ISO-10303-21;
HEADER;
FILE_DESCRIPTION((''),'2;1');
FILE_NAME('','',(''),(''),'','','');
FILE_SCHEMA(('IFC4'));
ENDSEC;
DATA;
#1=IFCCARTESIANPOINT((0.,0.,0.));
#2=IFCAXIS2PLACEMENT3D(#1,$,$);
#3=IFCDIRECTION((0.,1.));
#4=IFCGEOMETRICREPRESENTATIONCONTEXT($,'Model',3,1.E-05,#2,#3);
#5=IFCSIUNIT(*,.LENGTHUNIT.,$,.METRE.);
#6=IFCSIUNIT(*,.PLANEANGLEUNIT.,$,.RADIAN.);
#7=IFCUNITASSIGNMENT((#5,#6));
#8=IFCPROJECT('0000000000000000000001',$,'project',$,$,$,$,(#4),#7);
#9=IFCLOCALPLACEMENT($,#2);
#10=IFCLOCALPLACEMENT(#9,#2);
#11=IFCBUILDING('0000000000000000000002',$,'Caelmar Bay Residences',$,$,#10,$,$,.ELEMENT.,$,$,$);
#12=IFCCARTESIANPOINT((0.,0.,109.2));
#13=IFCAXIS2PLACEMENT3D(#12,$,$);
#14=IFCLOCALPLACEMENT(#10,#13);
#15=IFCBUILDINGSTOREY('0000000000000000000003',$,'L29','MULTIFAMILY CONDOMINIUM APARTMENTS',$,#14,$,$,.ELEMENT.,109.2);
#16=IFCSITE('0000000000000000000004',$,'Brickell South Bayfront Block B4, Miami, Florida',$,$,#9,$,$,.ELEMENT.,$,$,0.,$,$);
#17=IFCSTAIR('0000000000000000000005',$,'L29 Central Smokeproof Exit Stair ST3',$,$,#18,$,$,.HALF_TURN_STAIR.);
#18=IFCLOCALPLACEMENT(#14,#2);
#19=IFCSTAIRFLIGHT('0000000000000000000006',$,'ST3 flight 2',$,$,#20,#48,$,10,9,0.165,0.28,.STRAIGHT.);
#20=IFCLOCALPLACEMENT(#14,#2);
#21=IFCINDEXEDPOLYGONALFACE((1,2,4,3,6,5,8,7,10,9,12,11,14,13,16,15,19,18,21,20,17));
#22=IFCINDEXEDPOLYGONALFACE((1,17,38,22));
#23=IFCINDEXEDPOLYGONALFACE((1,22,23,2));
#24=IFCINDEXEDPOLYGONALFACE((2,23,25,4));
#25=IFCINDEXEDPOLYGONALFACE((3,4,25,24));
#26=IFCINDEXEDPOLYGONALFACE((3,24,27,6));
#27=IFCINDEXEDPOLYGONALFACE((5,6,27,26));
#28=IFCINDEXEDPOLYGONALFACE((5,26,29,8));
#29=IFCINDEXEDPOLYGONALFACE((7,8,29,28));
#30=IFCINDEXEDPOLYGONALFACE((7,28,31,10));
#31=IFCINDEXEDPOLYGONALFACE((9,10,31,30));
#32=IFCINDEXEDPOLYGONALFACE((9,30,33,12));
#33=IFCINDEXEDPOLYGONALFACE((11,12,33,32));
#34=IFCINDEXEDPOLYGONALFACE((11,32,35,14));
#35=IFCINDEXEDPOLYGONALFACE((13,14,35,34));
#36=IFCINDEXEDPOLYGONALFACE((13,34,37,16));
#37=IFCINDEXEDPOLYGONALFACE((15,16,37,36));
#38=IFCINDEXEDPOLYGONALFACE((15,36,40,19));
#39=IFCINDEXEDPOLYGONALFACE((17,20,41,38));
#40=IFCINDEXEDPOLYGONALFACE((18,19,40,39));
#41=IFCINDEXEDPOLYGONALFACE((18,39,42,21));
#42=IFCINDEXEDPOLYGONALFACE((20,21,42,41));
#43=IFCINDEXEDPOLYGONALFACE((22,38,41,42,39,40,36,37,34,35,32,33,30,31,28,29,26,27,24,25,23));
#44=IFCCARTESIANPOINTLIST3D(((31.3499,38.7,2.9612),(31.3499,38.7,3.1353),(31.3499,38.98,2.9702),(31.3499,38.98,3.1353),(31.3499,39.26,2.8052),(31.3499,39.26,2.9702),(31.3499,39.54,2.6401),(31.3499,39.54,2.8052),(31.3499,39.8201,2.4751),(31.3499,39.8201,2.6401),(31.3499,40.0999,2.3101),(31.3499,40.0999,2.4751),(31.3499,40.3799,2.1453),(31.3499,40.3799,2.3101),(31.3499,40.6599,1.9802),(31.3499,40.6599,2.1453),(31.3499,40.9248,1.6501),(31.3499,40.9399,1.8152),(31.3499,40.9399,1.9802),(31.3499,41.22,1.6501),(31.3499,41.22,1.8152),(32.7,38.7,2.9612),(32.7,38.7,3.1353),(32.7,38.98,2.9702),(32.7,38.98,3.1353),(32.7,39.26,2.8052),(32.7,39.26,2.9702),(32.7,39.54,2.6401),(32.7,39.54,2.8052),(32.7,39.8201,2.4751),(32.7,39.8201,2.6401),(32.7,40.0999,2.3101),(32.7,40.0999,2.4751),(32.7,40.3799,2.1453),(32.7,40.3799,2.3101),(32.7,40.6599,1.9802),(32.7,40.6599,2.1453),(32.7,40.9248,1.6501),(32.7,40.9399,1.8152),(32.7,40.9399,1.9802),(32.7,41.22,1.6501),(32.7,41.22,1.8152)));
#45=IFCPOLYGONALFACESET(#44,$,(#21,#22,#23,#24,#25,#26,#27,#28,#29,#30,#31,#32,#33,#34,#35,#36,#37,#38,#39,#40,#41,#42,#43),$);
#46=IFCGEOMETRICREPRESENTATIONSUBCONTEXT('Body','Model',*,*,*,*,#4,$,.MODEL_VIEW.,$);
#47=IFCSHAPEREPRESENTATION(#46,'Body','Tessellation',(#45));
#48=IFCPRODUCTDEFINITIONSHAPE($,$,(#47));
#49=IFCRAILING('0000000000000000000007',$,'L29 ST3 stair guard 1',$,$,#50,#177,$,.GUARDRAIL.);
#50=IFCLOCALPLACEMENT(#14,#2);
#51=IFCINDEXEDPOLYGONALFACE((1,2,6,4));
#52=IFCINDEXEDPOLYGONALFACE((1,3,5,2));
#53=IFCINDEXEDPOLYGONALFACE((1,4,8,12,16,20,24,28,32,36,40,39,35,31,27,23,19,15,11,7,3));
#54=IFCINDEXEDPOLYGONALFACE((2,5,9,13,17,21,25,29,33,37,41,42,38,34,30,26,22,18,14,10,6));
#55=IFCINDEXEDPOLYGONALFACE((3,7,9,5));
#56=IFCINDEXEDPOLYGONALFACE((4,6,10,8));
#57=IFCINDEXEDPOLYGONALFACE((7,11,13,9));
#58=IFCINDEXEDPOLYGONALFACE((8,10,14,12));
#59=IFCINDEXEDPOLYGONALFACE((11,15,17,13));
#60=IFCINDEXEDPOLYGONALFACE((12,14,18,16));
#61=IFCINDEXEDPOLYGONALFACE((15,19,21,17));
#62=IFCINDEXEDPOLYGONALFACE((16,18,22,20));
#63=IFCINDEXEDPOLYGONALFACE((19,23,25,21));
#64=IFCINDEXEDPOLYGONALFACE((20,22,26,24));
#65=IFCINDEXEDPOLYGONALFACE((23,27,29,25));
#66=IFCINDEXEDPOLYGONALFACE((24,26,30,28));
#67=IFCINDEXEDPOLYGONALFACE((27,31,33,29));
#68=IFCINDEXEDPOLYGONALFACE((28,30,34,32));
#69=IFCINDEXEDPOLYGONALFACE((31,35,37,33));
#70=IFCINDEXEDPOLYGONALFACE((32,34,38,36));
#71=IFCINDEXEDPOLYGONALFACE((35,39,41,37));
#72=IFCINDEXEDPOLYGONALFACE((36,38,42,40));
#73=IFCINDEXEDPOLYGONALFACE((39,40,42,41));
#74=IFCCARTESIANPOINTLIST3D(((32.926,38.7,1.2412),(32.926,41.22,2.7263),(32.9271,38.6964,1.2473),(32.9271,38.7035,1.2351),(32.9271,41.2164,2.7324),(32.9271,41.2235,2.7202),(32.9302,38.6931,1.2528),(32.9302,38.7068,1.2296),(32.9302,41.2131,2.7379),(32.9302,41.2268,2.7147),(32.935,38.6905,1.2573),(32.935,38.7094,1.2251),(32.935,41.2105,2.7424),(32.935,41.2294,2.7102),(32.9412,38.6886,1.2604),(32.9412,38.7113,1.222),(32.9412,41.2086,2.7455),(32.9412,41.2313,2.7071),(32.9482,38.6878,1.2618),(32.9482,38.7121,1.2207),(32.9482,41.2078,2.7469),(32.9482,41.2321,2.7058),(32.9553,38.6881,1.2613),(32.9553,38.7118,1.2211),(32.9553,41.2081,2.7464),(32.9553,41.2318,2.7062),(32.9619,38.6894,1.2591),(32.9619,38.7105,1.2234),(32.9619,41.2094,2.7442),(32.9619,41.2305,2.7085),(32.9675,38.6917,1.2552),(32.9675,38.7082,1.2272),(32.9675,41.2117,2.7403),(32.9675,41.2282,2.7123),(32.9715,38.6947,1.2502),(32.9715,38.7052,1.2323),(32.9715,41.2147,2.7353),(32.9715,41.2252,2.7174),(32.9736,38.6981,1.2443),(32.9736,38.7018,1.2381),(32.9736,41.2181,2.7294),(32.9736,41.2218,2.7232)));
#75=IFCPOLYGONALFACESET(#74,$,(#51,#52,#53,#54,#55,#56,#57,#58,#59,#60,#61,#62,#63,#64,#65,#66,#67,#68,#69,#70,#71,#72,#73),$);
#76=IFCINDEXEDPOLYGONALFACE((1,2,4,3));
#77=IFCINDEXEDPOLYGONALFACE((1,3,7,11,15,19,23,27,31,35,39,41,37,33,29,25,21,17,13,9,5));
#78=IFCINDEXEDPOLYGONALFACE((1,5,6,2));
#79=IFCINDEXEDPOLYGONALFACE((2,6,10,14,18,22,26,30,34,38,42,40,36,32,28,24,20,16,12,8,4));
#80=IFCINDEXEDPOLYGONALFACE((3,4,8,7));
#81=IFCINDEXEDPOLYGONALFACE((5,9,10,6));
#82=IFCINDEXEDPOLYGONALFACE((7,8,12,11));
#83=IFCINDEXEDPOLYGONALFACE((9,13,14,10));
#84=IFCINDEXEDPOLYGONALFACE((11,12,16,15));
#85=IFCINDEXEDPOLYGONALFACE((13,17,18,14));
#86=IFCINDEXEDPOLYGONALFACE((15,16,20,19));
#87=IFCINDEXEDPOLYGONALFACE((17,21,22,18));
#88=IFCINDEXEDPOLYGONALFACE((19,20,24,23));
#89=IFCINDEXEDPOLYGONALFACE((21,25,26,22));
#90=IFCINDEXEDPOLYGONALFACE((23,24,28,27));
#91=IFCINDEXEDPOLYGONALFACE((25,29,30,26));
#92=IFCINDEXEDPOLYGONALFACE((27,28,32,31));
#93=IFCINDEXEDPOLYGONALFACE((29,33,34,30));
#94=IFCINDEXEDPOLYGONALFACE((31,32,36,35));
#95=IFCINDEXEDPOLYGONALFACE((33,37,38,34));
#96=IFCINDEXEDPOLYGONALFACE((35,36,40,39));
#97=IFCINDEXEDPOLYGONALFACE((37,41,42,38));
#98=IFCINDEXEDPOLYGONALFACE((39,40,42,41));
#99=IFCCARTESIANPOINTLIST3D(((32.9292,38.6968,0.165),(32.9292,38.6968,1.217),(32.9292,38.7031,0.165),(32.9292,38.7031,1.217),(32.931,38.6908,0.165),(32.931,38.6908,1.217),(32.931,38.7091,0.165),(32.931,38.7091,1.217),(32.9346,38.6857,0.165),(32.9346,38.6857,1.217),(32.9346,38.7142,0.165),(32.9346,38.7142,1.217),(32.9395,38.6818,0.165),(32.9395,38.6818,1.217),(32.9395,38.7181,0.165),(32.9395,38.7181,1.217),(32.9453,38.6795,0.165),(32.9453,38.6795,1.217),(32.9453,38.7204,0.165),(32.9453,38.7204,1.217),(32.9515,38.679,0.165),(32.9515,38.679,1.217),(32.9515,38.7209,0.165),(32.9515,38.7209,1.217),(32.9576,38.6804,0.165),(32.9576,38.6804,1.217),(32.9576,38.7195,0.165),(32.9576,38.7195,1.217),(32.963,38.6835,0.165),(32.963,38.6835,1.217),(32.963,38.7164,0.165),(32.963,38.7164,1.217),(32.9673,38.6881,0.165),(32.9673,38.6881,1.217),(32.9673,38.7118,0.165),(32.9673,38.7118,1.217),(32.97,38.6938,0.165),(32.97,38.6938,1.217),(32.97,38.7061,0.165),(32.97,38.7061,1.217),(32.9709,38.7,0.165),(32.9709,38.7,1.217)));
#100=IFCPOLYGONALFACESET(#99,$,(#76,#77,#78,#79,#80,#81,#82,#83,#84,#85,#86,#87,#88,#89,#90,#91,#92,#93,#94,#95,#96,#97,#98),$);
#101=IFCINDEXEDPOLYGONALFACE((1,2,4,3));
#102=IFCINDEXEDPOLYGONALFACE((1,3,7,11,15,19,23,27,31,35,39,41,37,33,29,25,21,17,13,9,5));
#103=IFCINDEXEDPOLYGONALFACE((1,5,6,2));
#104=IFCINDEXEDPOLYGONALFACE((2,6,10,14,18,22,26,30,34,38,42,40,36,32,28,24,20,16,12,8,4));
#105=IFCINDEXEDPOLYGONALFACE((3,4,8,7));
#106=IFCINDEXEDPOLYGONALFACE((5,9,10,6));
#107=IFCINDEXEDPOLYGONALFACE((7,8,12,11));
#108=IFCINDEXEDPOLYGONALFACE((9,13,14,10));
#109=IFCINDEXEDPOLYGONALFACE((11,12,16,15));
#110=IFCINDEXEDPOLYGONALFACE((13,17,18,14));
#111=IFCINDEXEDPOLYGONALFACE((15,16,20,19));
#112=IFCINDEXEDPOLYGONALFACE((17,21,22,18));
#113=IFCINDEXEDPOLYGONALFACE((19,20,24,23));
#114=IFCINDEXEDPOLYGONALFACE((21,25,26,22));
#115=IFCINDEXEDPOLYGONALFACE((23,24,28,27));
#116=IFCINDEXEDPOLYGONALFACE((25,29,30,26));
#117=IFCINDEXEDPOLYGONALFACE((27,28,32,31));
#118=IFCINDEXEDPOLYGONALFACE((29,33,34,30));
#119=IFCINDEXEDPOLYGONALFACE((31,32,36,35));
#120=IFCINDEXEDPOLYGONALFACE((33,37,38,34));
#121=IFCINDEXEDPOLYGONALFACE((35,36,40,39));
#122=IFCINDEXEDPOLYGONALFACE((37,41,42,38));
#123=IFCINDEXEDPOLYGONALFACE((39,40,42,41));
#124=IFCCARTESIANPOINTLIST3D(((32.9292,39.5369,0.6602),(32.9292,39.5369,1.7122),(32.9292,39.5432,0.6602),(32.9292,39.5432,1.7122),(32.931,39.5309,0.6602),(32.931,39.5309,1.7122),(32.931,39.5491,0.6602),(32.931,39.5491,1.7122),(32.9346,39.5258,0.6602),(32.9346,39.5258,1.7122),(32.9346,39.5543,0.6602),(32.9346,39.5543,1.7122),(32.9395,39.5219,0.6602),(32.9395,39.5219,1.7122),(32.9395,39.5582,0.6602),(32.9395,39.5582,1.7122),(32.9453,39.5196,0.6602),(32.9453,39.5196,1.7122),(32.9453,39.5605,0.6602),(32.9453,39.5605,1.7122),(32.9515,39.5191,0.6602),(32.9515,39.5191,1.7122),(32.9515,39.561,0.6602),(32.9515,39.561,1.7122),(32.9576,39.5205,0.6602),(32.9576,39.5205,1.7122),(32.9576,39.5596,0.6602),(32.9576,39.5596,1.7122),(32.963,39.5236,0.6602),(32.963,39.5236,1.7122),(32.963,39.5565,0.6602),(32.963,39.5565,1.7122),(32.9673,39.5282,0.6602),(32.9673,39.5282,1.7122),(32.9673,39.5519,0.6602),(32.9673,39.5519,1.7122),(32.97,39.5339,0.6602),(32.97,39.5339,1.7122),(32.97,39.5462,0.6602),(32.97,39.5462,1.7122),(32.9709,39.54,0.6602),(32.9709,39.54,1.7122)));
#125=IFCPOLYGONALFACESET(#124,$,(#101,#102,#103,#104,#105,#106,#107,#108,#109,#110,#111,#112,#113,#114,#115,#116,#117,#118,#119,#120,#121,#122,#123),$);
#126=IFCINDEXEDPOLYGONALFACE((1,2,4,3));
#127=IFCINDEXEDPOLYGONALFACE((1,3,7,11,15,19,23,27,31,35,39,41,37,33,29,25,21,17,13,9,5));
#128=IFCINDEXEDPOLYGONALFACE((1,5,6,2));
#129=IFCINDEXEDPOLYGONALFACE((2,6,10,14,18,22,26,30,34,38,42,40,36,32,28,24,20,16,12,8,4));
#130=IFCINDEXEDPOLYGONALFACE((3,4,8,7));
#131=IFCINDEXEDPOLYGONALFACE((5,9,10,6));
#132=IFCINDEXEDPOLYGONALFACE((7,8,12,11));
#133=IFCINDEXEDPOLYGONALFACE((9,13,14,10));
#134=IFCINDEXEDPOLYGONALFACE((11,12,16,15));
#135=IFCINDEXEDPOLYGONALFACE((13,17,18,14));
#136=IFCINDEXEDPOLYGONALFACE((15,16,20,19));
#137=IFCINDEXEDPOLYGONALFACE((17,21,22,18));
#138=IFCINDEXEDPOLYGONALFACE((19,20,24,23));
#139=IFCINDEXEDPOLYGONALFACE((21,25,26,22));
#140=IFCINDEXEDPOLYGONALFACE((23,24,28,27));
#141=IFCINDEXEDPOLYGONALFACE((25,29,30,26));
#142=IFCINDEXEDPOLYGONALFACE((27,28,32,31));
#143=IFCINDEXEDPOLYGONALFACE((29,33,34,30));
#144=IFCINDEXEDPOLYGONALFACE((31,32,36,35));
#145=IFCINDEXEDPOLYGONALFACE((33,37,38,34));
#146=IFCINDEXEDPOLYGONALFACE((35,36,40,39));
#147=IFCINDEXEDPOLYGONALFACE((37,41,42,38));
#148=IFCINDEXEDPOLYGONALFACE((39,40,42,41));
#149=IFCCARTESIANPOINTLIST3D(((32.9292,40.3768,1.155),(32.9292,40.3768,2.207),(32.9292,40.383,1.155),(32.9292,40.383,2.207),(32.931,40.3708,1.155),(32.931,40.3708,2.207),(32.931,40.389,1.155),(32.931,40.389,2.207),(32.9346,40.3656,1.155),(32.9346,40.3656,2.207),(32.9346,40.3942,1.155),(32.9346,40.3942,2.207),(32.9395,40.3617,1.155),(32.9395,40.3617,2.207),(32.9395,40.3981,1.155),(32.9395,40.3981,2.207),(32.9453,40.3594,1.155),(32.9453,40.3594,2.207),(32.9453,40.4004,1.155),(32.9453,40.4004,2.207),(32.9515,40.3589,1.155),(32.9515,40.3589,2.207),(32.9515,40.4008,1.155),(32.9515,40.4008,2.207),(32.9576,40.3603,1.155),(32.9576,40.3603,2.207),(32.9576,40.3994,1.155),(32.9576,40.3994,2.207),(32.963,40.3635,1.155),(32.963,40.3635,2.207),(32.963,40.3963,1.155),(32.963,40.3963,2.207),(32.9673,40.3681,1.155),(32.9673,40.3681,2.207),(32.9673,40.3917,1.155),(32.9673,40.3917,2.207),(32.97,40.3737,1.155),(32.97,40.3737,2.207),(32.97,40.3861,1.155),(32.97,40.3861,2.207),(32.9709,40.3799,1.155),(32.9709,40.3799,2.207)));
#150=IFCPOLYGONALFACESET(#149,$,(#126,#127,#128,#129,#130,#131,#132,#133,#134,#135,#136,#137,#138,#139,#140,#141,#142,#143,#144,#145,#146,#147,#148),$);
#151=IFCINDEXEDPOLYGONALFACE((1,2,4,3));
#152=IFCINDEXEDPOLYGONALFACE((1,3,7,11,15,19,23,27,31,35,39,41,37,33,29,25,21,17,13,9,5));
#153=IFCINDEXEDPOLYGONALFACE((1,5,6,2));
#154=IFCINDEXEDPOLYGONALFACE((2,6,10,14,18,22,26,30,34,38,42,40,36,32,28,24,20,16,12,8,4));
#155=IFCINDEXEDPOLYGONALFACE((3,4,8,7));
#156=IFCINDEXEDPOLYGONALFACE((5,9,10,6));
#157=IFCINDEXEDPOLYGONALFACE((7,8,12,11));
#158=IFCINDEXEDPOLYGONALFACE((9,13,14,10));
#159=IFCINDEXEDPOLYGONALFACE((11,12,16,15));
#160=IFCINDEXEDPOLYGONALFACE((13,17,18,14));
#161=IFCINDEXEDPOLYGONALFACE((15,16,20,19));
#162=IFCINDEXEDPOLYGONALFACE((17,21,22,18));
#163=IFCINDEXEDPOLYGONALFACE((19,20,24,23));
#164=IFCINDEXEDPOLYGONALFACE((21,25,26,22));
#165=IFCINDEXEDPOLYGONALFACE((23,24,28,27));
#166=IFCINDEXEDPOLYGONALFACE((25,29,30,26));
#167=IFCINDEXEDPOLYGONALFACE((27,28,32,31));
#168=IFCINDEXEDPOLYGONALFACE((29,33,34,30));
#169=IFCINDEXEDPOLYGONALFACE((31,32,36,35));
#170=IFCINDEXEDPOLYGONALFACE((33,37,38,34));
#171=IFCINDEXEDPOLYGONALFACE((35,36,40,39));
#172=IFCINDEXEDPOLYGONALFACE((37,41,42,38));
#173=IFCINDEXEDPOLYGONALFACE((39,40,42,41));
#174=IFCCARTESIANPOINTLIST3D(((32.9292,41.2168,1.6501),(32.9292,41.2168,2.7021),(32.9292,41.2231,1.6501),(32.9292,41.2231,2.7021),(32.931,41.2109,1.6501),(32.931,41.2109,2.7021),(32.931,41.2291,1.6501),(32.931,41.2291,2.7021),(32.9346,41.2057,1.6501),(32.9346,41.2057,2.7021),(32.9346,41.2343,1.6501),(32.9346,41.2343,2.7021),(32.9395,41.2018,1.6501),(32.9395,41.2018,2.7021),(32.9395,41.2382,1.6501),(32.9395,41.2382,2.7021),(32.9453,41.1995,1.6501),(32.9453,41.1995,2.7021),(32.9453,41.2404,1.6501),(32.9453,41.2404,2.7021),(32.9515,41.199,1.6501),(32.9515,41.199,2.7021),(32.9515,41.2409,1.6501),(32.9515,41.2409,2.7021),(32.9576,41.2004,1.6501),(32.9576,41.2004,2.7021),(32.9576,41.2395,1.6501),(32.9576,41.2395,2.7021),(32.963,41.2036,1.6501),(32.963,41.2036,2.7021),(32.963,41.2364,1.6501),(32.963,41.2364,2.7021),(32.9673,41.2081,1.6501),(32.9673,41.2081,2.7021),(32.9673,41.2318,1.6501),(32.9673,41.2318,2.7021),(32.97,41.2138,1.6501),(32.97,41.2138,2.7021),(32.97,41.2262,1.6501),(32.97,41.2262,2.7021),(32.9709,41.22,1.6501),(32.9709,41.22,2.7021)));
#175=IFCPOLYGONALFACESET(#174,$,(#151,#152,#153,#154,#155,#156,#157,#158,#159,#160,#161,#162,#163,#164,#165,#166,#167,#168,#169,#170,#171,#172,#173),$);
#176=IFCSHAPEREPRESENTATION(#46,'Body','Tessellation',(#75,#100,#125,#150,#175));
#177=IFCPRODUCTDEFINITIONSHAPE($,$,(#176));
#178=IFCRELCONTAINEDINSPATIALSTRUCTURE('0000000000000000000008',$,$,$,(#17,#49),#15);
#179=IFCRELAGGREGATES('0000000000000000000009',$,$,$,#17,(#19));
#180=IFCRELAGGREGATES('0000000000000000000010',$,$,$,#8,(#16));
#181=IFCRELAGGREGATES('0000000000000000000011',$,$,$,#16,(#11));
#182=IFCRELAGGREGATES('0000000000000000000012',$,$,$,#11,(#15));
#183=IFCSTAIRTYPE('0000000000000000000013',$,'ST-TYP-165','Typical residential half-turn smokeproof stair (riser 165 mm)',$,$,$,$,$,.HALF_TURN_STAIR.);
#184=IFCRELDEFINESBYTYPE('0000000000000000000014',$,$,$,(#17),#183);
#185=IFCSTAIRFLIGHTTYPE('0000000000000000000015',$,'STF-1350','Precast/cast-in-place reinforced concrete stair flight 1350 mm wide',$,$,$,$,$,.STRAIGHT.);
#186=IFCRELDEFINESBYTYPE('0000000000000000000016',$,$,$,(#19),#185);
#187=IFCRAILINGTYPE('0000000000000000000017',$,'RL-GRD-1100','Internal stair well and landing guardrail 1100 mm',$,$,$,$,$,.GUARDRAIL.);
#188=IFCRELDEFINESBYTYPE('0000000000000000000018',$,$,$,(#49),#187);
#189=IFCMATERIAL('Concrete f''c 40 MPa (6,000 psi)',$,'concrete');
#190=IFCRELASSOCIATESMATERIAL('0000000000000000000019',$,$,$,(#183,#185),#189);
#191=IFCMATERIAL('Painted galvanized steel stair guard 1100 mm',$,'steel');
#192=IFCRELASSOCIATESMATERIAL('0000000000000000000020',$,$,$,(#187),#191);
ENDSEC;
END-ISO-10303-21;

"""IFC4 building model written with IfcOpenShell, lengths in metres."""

from ifc_helpers import new_model, si_unit, direction, frame, origin, origin_2d, place, context, subcontext, project, spatial, polyline, circle, outline, extrude, material, type_object, element, aggregate, save


model = new_model("IFC4")

# Units and contexts
model_context = context("Model", 3, precision=1e-05, world=origin(), true_north=direction((0.0, 1.0)))
body_context = subcontext(model_context, "Body", "Model", "MODEL_VIEW")
ifc_project = project(units=[si_unit("LENGTHUNIT", "METRE"), si_unit("PLANEANGLEUNIT", "RADIAN")], contexts=[model_context])

# Site, building, storey
site_placement = place(None, origin())
site = spatial("IfcSite", under=ifc_project, at=site_placement, Name="Brickell South Bayfront Block B4, Miami, Florida", CompositionType="ELEMENT", RefElevation=0.0)
building_placement = place(site_placement, origin())
building = spatial("IfcBuilding", under=site, at=building_placement, Name="Caelmar Bay Residences", CompositionType="ELEMENT")
storey_placement = place(building_placement, frame((0.0, 0.0, 109.2)))
storey = spatial("IfcBuildingStorey", under=building, at=storey_placement, Name="L29", Description="MULTIFAMILY CONDOMINIUM APARTMENTS", CompositionType="ELEMENT", Elevation=109.2)

# Stair, stair flight
ifc_material_1 = material(Name="Concrete f'c 40 MPa (6,000 psi)", Category="concrete")
stair_type = type_object("IfcStairType", Name="ST-TYP-165", Description="Typical residential half-turn smokeproof stair (riser 165 mm)", PredefinedType="HALF_TURN_STAIR", material=ifc_material_1)
stair_placement = place(storey_placement, origin())
stair = element("IfcStair", 1, at=stair_placement, inside=storey, type_object=stair_type, Name="L29 Central Smokeproof Exit Stair ST3", PredefinedType="HALF_TURN_STAIR")
stair_flight_type = type_object("IfcStairFlightType", Name="STF-1350", Description="Precast/cast-in-place reinforced concrete stair flight 1350 mm wide", PredefinedType="STRAIGHT", material=ifc_material_1)
stair_flight_1_placement = place(storey_placement, frame((32.0249, 41.22, 1.6501), z_axis=(0.0, 0.0, 1.0), x_axis=(0.0, -1.0, 0.0)))
stair_flight_1 = element("IfcStairFlight", 2, at=stair_flight_1_placement, type_object=stair_flight_type, Name="ST3 flight 2", NumberOfRisers=10, NumberOfTreads=9, PredefinedType="STRAIGHT", RiserHeight=0.165, TreadLength=0.28, context=body_context, shape_type="SweptSolid", body=[
    extrude(outline(polyline([(0.0, 0.0), (0.0, 0.165), (0.28, 0.165), (0.28, 0.3301), (0.5601, 0.3301), (0.5601, 0.4951), (0.8401, 0.4951), (0.8401, 0.6599), (1.1201, 0.6599), (1.1201, 0.825), (1.3999, 0.825), (1.3999, 0.99), (1.6799, 0.99), (1.6799, 1.155), (1.96, 1.155), (1.96, 1.3201), (2.24, 1.3201), (2.24, 1.4851), (2.52, 1.4851), (2.52, 1.6499), (2.52, 1.311), (0.2952, 0.0), (0.0, 0.0)])), frame((0.0, 0.675, 0.0), z_axis=(0.0, -1.0, 0.0), x_axis=(1.0, 0.0, 0.0)), (0.0, 0.0, 1.0), 1.3501),
])
aggregate(stair, [stair_flight_1])

# Railing
ifc_material_2 = material(Name="Painted galvanized steel stair guard 1100 mm", Category="steel")
railing_type_1 = type_object("IfcRailingType", Name="RL-GRD-1100", Description="Internal stair well and landing guardrail 1100 mm", PredefinedType="GUARDRAIL", material=ifc_material_2)
railing_1_placement = place(storey_placement, frame((32.95, 38.7, 0.165)))
element("IfcRailing", 3, at=railing_1_placement, inside=storey, type_object=railing_type_1, Name="L29 ST3 stair guard 1", PredefinedType="GUARDRAIL", context=body_context, shape_type="SweptSolid", body=[
    extrude(circle(Radius=0.0239, at=origin_2d()), frame((0.0, 0.0, 1.0762), z_axis=(0.0, 0.861524, 0.507717), x_axis=(-1.0, 0.0, 0.0)), (0.0, 0.0, 1.0), 2.925),
    extrude(circle(Radius=0.021, at=origin_2d()), origin(), (0.0, 0.0, 1.0), 1.052),
    extrude(circle(Radius=0.021, at=origin_2d()), frame((0.0, 0.8401, 0.4951)), (0.0, 0.0, 1.0), 1.052),
    extrude(circle(Radius=0.021, at=origin_2d()), frame((0.0, 1.6799, 0.99)), (0.0, 0.0, 1.0), 1.052),
    extrude(circle(Radius=0.021, at=origin_2d()), frame((0.0, 2.52, 1.4851)), (0.0, 0.0, 1.0), 1.052),
])

save(model, "model.ifc")
